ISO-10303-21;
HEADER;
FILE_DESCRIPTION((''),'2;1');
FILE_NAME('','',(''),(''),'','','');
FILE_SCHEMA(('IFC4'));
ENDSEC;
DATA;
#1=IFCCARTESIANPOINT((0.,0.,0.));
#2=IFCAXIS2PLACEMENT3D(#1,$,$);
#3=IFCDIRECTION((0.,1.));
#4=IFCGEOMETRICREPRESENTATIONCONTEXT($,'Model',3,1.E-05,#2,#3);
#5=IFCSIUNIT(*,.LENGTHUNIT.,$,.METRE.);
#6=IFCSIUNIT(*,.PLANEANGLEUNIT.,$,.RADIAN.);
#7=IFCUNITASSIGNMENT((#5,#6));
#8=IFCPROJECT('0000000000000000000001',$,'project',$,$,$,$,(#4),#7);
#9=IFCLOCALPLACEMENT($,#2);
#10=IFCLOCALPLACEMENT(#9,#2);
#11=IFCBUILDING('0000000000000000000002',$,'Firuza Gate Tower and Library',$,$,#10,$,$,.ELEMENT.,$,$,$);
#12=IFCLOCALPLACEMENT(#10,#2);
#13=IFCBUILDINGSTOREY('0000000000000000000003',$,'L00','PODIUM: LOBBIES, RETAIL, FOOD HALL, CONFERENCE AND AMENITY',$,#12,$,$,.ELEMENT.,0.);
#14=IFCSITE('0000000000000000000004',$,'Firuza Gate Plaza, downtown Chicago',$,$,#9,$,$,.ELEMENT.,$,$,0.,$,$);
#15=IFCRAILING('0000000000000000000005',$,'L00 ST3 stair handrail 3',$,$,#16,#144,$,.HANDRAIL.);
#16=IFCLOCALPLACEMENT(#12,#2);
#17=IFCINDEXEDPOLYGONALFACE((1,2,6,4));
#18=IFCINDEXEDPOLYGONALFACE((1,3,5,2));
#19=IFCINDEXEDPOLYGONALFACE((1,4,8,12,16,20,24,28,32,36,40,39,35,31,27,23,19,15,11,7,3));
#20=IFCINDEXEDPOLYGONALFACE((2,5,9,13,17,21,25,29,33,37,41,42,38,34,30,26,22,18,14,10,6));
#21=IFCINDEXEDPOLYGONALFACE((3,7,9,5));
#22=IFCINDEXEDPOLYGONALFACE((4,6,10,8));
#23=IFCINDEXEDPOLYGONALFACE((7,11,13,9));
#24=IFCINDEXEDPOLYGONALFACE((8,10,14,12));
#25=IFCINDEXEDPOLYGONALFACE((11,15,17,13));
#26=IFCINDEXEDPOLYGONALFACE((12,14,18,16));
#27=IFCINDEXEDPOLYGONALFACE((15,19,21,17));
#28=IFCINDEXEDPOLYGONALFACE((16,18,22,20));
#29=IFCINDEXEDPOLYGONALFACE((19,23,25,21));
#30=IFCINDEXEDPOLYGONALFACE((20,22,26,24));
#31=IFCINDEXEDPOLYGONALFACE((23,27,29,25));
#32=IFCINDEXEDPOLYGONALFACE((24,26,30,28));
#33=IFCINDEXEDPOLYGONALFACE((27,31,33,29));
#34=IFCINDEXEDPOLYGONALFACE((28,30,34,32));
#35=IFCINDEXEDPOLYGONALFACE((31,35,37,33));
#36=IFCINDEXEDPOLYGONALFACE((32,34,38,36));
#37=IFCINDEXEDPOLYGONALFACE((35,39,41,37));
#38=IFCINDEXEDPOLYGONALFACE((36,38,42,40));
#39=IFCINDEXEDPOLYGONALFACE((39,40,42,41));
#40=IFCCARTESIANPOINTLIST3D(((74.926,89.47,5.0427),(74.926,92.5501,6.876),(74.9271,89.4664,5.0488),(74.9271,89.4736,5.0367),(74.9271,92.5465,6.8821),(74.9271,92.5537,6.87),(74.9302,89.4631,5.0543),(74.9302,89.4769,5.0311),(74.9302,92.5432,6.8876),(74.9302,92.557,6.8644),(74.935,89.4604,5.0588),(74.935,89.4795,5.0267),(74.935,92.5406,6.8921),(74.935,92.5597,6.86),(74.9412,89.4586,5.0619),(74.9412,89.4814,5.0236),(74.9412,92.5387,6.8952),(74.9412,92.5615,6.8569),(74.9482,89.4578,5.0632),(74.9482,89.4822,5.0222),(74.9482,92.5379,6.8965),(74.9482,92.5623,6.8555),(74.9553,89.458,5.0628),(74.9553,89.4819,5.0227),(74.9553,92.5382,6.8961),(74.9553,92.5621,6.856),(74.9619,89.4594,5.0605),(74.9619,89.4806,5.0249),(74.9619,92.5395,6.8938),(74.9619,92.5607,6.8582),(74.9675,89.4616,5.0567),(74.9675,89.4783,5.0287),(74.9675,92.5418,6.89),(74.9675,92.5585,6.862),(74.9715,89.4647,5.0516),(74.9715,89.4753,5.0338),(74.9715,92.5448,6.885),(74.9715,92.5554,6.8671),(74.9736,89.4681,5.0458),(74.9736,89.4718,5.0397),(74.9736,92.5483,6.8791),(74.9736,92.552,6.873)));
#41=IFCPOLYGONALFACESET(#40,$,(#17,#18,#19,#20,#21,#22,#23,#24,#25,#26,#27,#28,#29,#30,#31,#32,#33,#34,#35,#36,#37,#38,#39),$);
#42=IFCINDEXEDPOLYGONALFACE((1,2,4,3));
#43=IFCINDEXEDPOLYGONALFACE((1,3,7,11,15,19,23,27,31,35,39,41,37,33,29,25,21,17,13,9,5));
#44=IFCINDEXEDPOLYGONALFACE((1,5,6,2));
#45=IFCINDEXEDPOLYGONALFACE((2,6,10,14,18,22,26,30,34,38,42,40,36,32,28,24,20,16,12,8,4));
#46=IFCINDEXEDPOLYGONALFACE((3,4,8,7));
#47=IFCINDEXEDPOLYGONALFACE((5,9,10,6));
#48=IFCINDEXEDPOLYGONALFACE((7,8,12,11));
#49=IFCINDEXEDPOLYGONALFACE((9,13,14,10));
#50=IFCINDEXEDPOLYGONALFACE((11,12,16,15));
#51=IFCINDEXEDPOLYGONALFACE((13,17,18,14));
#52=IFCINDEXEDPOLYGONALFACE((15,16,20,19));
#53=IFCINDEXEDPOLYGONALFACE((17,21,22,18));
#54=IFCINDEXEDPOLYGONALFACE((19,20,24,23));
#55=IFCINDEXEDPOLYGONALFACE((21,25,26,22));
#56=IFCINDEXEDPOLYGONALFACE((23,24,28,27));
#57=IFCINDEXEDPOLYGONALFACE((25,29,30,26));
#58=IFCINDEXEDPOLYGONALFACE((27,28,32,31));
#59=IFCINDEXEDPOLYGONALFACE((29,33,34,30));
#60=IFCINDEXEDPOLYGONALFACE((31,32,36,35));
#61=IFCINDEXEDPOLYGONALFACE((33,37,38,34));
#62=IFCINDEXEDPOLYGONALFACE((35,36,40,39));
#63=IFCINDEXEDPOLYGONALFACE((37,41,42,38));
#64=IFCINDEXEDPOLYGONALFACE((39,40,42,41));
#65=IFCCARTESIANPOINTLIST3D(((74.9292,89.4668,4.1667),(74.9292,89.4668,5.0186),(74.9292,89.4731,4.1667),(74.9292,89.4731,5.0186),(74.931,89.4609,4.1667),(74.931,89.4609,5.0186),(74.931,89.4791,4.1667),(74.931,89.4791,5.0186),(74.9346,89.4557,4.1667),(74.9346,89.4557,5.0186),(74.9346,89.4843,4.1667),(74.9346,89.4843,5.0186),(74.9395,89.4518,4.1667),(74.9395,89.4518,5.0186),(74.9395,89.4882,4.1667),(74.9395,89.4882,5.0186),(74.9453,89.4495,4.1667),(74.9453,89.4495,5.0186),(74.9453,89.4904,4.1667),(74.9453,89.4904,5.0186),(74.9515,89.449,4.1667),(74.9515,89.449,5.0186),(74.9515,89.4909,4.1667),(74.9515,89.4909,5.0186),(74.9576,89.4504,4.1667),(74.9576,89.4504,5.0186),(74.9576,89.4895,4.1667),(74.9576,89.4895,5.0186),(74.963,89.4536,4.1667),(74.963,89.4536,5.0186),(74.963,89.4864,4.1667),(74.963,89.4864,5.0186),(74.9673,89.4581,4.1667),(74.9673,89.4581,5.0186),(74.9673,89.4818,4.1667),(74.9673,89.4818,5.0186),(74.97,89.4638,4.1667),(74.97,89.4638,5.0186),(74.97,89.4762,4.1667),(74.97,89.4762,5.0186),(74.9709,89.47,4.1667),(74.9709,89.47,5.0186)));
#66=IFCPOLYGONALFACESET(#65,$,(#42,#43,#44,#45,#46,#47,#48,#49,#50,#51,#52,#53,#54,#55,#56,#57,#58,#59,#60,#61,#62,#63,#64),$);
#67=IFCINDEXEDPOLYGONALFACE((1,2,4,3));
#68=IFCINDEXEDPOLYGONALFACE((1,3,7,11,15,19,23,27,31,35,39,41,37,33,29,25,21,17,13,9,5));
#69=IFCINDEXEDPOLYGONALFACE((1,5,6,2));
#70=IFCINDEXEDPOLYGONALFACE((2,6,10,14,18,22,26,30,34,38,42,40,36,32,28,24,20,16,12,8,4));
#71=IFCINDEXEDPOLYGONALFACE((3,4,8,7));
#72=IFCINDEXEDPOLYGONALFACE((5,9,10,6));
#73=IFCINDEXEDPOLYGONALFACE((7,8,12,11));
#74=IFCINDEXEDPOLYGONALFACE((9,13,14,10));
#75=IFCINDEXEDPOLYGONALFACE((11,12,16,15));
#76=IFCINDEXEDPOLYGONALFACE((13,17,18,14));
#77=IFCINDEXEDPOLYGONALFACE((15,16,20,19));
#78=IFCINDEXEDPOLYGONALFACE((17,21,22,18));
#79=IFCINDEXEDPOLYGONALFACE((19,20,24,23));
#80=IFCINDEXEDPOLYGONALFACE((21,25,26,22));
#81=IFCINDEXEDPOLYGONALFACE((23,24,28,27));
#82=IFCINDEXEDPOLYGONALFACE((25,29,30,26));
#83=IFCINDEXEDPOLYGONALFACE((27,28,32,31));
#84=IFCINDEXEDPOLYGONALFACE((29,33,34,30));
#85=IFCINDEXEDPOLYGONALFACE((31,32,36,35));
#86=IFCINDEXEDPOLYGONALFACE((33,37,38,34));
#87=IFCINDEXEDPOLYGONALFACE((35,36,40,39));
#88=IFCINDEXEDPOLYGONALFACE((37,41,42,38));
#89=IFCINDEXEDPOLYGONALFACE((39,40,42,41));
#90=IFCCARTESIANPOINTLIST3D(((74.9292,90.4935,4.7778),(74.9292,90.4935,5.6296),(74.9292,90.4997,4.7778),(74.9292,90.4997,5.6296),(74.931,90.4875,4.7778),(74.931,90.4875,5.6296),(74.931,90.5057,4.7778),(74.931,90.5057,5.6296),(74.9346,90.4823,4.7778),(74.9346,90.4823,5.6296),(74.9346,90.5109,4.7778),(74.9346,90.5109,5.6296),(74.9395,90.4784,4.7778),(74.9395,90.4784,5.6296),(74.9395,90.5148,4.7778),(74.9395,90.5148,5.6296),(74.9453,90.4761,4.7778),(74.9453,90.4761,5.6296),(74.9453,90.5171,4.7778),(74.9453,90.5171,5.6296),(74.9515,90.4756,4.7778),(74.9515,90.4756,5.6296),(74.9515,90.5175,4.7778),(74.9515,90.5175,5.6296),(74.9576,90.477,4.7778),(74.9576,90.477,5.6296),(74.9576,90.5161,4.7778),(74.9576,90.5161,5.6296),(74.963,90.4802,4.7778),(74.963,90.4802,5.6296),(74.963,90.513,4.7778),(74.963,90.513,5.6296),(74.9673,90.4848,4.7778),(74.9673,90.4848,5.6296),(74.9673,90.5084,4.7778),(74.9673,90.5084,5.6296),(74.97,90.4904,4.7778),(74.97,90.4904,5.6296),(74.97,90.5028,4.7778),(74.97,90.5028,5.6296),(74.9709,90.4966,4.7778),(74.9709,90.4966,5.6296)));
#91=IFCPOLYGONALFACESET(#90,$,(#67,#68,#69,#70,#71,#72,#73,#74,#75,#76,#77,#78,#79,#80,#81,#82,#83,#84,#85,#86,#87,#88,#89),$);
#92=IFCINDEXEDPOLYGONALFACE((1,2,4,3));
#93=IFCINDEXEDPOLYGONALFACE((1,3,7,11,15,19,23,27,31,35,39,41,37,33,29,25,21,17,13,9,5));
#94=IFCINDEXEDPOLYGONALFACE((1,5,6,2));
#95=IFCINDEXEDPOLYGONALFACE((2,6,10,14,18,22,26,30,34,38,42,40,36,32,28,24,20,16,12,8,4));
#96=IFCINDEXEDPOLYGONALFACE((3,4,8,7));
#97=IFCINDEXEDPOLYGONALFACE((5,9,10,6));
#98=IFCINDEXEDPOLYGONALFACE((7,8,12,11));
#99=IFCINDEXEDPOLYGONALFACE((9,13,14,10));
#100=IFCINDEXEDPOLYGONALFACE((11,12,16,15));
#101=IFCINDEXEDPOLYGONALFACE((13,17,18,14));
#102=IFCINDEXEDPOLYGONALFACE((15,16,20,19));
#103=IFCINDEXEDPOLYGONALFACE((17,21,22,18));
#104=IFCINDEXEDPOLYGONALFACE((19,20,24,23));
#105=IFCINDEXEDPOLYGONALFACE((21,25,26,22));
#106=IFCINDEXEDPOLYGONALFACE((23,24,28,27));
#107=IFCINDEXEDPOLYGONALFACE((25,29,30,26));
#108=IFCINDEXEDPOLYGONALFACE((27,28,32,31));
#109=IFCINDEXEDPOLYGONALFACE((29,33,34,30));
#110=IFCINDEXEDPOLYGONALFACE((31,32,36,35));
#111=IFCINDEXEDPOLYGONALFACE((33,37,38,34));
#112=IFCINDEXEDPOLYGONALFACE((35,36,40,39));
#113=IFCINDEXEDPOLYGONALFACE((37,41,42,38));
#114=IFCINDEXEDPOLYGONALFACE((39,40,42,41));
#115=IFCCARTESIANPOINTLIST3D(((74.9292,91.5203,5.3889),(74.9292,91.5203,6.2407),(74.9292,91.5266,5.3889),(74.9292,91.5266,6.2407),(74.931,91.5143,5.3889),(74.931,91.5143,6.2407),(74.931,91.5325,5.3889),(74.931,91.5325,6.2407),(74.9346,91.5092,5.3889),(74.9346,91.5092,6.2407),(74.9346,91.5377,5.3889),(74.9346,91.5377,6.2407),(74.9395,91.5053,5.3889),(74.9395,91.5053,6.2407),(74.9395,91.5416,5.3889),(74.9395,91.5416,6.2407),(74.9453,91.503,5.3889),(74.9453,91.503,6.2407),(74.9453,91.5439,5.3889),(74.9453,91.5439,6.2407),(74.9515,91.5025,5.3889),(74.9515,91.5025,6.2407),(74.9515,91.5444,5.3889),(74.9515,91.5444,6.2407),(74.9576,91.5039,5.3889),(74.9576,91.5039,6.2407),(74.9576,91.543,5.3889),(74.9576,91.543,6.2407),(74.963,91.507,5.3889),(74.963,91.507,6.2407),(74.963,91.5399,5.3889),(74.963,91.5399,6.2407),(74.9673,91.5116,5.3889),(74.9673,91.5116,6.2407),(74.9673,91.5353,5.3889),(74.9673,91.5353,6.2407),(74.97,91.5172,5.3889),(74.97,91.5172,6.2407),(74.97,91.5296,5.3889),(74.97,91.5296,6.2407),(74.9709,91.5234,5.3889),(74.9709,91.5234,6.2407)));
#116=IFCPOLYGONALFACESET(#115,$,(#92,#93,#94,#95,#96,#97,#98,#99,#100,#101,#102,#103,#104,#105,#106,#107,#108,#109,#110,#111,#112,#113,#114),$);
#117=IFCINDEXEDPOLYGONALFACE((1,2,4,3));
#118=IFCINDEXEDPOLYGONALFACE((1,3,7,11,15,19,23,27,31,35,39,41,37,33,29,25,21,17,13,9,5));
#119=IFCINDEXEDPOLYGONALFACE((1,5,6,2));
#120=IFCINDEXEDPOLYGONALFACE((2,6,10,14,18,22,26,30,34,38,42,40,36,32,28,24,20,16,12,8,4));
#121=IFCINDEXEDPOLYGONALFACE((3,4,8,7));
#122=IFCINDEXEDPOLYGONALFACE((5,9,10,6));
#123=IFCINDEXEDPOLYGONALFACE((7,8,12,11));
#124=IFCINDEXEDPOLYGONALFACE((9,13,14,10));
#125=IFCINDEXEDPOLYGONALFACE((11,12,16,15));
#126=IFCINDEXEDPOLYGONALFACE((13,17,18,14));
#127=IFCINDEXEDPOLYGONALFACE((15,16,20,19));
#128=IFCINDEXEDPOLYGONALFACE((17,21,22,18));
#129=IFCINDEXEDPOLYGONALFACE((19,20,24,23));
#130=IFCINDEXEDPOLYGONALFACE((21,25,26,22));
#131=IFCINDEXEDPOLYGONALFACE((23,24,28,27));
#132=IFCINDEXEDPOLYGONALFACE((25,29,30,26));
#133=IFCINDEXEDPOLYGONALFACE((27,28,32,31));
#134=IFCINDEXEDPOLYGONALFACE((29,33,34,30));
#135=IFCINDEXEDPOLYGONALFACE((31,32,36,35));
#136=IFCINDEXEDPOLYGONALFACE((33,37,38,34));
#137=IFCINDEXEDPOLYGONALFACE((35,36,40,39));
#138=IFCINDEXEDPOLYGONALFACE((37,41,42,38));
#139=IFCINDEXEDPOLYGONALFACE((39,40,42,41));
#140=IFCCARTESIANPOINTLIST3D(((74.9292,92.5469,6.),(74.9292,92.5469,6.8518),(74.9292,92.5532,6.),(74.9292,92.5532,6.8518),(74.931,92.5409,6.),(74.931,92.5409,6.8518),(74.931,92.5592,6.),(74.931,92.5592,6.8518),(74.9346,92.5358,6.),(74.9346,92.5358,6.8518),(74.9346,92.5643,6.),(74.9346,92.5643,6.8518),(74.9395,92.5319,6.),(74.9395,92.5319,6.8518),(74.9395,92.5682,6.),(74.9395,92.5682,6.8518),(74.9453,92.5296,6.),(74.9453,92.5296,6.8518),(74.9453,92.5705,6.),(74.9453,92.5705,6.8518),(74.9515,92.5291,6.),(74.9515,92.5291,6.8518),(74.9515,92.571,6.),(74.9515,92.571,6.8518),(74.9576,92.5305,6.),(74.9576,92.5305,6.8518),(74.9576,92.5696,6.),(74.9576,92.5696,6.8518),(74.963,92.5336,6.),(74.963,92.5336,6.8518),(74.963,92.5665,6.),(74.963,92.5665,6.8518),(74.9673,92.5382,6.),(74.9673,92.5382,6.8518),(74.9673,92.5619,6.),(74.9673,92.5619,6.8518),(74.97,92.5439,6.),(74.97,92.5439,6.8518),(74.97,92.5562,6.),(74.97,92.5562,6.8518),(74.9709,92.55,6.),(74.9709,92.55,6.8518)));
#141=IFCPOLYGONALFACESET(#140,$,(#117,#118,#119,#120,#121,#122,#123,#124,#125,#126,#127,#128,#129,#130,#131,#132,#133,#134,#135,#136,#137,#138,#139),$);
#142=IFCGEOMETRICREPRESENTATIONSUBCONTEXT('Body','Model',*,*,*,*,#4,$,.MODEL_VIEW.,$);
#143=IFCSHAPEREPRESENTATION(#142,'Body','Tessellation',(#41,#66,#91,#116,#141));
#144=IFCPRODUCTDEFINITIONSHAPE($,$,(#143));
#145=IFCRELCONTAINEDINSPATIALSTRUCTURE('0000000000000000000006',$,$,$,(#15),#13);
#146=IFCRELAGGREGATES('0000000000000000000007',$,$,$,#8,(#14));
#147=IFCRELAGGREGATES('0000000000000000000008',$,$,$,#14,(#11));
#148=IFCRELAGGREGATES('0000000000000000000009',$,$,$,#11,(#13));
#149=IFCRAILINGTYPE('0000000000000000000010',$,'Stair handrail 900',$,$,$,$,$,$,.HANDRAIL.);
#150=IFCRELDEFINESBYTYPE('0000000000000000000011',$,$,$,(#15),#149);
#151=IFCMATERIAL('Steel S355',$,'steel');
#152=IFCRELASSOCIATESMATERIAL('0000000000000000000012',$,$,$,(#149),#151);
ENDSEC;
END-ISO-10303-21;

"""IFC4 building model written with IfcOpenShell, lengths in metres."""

from ifc_helpers import new_model, si_unit, direction, frame, origin, origin_2d, place, context, subcontext, project, spatial, circle, extrude, material, type_object, element, save


model = new_model("IFC4")

# Units and contexts
model_context = context("Model", 3, precision=1e-05, world=origin(), true_north=direction((0.0, 1.0)))
body_context = subcontext(model_context, "Body", "Model", "MODEL_VIEW")
ifc_project = project(units=[si_unit("LENGTHUNIT", "METRE"), si_unit("PLANEANGLEUNIT", "RADIAN")], contexts=[model_context])

# Site, building, storey
site_placement = place(None, origin())
site = spatial("IfcSite", under=ifc_project, at=site_placement, Name="Firuza Gate Plaza, downtown Chicago", CompositionType="ELEMENT", RefElevation=0.0)
building_placement = place(site_placement, origin())
building = spatial("IfcBuilding", under=site, at=building_placement, Name="Firuza Gate Tower and Library", CompositionType="ELEMENT")
storey_placement = place(building_placement, origin())
storey = spatial("IfcBuildingStorey", under=building, at=storey_placement, Name="L00", Description="PODIUM: LOBBIES, RETAIL, FOOD HALL, CONFERENCE AND AMENITY", CompositionType="ELEMENT", Elevation=0.0)

# Railing
ifc_material_1 = material(Name="Steel S355", Category="steel")
railing_type = type_object("IfcRailingType", Name="Stair handrail 900", PredefinedType="HANDRAIL", material=ifc_material_1)
railing_1_placement = place(storey_placement, frame((74.95, 89.47, 4.1667)))
element("IfcRailing", 1, at=railing_1_placement, inside=storey, type_object=railing_type, Name="L00 ST3 stair handrail 3", PredefinedType="HANDRAIL", context=body_context, shape_type="SweptSolid", body=[
    extrude(circle(Radius=0.0239, at=origin_2d()), frame((0.0, 0.0, 0.876), z_axis=(0.0, 0.859309, 0.511458), x_axis=(-1.0, 0.0, 0.0)), (0.0, 0.0, 1.0), 3.5845),
    extrude(circle(Radius=0.021, at=origin_2d()), origin(), (0.0, 0.0, 1.0), 0.8518),
    extrude(circle(Radius=0.021, at=origin_2d()), frame((0.0, 1.0266, 0.6111)), (0.0, 0.0, 1.0), 0.8518),
    extrude(circle(Radius=0.021, at=origin_2d()), frame((0.0, 2.0535, 1.2222)), (0.0, 0.0, 1.0), 0.8518),
    extrude(circle(Radius=0.021, at=origin_2d()), frame((0.0, 3.0801, 1.8333)), (0.0, 0.0, 1.0), 0.8518),
])

save(model, "model.ifc")
